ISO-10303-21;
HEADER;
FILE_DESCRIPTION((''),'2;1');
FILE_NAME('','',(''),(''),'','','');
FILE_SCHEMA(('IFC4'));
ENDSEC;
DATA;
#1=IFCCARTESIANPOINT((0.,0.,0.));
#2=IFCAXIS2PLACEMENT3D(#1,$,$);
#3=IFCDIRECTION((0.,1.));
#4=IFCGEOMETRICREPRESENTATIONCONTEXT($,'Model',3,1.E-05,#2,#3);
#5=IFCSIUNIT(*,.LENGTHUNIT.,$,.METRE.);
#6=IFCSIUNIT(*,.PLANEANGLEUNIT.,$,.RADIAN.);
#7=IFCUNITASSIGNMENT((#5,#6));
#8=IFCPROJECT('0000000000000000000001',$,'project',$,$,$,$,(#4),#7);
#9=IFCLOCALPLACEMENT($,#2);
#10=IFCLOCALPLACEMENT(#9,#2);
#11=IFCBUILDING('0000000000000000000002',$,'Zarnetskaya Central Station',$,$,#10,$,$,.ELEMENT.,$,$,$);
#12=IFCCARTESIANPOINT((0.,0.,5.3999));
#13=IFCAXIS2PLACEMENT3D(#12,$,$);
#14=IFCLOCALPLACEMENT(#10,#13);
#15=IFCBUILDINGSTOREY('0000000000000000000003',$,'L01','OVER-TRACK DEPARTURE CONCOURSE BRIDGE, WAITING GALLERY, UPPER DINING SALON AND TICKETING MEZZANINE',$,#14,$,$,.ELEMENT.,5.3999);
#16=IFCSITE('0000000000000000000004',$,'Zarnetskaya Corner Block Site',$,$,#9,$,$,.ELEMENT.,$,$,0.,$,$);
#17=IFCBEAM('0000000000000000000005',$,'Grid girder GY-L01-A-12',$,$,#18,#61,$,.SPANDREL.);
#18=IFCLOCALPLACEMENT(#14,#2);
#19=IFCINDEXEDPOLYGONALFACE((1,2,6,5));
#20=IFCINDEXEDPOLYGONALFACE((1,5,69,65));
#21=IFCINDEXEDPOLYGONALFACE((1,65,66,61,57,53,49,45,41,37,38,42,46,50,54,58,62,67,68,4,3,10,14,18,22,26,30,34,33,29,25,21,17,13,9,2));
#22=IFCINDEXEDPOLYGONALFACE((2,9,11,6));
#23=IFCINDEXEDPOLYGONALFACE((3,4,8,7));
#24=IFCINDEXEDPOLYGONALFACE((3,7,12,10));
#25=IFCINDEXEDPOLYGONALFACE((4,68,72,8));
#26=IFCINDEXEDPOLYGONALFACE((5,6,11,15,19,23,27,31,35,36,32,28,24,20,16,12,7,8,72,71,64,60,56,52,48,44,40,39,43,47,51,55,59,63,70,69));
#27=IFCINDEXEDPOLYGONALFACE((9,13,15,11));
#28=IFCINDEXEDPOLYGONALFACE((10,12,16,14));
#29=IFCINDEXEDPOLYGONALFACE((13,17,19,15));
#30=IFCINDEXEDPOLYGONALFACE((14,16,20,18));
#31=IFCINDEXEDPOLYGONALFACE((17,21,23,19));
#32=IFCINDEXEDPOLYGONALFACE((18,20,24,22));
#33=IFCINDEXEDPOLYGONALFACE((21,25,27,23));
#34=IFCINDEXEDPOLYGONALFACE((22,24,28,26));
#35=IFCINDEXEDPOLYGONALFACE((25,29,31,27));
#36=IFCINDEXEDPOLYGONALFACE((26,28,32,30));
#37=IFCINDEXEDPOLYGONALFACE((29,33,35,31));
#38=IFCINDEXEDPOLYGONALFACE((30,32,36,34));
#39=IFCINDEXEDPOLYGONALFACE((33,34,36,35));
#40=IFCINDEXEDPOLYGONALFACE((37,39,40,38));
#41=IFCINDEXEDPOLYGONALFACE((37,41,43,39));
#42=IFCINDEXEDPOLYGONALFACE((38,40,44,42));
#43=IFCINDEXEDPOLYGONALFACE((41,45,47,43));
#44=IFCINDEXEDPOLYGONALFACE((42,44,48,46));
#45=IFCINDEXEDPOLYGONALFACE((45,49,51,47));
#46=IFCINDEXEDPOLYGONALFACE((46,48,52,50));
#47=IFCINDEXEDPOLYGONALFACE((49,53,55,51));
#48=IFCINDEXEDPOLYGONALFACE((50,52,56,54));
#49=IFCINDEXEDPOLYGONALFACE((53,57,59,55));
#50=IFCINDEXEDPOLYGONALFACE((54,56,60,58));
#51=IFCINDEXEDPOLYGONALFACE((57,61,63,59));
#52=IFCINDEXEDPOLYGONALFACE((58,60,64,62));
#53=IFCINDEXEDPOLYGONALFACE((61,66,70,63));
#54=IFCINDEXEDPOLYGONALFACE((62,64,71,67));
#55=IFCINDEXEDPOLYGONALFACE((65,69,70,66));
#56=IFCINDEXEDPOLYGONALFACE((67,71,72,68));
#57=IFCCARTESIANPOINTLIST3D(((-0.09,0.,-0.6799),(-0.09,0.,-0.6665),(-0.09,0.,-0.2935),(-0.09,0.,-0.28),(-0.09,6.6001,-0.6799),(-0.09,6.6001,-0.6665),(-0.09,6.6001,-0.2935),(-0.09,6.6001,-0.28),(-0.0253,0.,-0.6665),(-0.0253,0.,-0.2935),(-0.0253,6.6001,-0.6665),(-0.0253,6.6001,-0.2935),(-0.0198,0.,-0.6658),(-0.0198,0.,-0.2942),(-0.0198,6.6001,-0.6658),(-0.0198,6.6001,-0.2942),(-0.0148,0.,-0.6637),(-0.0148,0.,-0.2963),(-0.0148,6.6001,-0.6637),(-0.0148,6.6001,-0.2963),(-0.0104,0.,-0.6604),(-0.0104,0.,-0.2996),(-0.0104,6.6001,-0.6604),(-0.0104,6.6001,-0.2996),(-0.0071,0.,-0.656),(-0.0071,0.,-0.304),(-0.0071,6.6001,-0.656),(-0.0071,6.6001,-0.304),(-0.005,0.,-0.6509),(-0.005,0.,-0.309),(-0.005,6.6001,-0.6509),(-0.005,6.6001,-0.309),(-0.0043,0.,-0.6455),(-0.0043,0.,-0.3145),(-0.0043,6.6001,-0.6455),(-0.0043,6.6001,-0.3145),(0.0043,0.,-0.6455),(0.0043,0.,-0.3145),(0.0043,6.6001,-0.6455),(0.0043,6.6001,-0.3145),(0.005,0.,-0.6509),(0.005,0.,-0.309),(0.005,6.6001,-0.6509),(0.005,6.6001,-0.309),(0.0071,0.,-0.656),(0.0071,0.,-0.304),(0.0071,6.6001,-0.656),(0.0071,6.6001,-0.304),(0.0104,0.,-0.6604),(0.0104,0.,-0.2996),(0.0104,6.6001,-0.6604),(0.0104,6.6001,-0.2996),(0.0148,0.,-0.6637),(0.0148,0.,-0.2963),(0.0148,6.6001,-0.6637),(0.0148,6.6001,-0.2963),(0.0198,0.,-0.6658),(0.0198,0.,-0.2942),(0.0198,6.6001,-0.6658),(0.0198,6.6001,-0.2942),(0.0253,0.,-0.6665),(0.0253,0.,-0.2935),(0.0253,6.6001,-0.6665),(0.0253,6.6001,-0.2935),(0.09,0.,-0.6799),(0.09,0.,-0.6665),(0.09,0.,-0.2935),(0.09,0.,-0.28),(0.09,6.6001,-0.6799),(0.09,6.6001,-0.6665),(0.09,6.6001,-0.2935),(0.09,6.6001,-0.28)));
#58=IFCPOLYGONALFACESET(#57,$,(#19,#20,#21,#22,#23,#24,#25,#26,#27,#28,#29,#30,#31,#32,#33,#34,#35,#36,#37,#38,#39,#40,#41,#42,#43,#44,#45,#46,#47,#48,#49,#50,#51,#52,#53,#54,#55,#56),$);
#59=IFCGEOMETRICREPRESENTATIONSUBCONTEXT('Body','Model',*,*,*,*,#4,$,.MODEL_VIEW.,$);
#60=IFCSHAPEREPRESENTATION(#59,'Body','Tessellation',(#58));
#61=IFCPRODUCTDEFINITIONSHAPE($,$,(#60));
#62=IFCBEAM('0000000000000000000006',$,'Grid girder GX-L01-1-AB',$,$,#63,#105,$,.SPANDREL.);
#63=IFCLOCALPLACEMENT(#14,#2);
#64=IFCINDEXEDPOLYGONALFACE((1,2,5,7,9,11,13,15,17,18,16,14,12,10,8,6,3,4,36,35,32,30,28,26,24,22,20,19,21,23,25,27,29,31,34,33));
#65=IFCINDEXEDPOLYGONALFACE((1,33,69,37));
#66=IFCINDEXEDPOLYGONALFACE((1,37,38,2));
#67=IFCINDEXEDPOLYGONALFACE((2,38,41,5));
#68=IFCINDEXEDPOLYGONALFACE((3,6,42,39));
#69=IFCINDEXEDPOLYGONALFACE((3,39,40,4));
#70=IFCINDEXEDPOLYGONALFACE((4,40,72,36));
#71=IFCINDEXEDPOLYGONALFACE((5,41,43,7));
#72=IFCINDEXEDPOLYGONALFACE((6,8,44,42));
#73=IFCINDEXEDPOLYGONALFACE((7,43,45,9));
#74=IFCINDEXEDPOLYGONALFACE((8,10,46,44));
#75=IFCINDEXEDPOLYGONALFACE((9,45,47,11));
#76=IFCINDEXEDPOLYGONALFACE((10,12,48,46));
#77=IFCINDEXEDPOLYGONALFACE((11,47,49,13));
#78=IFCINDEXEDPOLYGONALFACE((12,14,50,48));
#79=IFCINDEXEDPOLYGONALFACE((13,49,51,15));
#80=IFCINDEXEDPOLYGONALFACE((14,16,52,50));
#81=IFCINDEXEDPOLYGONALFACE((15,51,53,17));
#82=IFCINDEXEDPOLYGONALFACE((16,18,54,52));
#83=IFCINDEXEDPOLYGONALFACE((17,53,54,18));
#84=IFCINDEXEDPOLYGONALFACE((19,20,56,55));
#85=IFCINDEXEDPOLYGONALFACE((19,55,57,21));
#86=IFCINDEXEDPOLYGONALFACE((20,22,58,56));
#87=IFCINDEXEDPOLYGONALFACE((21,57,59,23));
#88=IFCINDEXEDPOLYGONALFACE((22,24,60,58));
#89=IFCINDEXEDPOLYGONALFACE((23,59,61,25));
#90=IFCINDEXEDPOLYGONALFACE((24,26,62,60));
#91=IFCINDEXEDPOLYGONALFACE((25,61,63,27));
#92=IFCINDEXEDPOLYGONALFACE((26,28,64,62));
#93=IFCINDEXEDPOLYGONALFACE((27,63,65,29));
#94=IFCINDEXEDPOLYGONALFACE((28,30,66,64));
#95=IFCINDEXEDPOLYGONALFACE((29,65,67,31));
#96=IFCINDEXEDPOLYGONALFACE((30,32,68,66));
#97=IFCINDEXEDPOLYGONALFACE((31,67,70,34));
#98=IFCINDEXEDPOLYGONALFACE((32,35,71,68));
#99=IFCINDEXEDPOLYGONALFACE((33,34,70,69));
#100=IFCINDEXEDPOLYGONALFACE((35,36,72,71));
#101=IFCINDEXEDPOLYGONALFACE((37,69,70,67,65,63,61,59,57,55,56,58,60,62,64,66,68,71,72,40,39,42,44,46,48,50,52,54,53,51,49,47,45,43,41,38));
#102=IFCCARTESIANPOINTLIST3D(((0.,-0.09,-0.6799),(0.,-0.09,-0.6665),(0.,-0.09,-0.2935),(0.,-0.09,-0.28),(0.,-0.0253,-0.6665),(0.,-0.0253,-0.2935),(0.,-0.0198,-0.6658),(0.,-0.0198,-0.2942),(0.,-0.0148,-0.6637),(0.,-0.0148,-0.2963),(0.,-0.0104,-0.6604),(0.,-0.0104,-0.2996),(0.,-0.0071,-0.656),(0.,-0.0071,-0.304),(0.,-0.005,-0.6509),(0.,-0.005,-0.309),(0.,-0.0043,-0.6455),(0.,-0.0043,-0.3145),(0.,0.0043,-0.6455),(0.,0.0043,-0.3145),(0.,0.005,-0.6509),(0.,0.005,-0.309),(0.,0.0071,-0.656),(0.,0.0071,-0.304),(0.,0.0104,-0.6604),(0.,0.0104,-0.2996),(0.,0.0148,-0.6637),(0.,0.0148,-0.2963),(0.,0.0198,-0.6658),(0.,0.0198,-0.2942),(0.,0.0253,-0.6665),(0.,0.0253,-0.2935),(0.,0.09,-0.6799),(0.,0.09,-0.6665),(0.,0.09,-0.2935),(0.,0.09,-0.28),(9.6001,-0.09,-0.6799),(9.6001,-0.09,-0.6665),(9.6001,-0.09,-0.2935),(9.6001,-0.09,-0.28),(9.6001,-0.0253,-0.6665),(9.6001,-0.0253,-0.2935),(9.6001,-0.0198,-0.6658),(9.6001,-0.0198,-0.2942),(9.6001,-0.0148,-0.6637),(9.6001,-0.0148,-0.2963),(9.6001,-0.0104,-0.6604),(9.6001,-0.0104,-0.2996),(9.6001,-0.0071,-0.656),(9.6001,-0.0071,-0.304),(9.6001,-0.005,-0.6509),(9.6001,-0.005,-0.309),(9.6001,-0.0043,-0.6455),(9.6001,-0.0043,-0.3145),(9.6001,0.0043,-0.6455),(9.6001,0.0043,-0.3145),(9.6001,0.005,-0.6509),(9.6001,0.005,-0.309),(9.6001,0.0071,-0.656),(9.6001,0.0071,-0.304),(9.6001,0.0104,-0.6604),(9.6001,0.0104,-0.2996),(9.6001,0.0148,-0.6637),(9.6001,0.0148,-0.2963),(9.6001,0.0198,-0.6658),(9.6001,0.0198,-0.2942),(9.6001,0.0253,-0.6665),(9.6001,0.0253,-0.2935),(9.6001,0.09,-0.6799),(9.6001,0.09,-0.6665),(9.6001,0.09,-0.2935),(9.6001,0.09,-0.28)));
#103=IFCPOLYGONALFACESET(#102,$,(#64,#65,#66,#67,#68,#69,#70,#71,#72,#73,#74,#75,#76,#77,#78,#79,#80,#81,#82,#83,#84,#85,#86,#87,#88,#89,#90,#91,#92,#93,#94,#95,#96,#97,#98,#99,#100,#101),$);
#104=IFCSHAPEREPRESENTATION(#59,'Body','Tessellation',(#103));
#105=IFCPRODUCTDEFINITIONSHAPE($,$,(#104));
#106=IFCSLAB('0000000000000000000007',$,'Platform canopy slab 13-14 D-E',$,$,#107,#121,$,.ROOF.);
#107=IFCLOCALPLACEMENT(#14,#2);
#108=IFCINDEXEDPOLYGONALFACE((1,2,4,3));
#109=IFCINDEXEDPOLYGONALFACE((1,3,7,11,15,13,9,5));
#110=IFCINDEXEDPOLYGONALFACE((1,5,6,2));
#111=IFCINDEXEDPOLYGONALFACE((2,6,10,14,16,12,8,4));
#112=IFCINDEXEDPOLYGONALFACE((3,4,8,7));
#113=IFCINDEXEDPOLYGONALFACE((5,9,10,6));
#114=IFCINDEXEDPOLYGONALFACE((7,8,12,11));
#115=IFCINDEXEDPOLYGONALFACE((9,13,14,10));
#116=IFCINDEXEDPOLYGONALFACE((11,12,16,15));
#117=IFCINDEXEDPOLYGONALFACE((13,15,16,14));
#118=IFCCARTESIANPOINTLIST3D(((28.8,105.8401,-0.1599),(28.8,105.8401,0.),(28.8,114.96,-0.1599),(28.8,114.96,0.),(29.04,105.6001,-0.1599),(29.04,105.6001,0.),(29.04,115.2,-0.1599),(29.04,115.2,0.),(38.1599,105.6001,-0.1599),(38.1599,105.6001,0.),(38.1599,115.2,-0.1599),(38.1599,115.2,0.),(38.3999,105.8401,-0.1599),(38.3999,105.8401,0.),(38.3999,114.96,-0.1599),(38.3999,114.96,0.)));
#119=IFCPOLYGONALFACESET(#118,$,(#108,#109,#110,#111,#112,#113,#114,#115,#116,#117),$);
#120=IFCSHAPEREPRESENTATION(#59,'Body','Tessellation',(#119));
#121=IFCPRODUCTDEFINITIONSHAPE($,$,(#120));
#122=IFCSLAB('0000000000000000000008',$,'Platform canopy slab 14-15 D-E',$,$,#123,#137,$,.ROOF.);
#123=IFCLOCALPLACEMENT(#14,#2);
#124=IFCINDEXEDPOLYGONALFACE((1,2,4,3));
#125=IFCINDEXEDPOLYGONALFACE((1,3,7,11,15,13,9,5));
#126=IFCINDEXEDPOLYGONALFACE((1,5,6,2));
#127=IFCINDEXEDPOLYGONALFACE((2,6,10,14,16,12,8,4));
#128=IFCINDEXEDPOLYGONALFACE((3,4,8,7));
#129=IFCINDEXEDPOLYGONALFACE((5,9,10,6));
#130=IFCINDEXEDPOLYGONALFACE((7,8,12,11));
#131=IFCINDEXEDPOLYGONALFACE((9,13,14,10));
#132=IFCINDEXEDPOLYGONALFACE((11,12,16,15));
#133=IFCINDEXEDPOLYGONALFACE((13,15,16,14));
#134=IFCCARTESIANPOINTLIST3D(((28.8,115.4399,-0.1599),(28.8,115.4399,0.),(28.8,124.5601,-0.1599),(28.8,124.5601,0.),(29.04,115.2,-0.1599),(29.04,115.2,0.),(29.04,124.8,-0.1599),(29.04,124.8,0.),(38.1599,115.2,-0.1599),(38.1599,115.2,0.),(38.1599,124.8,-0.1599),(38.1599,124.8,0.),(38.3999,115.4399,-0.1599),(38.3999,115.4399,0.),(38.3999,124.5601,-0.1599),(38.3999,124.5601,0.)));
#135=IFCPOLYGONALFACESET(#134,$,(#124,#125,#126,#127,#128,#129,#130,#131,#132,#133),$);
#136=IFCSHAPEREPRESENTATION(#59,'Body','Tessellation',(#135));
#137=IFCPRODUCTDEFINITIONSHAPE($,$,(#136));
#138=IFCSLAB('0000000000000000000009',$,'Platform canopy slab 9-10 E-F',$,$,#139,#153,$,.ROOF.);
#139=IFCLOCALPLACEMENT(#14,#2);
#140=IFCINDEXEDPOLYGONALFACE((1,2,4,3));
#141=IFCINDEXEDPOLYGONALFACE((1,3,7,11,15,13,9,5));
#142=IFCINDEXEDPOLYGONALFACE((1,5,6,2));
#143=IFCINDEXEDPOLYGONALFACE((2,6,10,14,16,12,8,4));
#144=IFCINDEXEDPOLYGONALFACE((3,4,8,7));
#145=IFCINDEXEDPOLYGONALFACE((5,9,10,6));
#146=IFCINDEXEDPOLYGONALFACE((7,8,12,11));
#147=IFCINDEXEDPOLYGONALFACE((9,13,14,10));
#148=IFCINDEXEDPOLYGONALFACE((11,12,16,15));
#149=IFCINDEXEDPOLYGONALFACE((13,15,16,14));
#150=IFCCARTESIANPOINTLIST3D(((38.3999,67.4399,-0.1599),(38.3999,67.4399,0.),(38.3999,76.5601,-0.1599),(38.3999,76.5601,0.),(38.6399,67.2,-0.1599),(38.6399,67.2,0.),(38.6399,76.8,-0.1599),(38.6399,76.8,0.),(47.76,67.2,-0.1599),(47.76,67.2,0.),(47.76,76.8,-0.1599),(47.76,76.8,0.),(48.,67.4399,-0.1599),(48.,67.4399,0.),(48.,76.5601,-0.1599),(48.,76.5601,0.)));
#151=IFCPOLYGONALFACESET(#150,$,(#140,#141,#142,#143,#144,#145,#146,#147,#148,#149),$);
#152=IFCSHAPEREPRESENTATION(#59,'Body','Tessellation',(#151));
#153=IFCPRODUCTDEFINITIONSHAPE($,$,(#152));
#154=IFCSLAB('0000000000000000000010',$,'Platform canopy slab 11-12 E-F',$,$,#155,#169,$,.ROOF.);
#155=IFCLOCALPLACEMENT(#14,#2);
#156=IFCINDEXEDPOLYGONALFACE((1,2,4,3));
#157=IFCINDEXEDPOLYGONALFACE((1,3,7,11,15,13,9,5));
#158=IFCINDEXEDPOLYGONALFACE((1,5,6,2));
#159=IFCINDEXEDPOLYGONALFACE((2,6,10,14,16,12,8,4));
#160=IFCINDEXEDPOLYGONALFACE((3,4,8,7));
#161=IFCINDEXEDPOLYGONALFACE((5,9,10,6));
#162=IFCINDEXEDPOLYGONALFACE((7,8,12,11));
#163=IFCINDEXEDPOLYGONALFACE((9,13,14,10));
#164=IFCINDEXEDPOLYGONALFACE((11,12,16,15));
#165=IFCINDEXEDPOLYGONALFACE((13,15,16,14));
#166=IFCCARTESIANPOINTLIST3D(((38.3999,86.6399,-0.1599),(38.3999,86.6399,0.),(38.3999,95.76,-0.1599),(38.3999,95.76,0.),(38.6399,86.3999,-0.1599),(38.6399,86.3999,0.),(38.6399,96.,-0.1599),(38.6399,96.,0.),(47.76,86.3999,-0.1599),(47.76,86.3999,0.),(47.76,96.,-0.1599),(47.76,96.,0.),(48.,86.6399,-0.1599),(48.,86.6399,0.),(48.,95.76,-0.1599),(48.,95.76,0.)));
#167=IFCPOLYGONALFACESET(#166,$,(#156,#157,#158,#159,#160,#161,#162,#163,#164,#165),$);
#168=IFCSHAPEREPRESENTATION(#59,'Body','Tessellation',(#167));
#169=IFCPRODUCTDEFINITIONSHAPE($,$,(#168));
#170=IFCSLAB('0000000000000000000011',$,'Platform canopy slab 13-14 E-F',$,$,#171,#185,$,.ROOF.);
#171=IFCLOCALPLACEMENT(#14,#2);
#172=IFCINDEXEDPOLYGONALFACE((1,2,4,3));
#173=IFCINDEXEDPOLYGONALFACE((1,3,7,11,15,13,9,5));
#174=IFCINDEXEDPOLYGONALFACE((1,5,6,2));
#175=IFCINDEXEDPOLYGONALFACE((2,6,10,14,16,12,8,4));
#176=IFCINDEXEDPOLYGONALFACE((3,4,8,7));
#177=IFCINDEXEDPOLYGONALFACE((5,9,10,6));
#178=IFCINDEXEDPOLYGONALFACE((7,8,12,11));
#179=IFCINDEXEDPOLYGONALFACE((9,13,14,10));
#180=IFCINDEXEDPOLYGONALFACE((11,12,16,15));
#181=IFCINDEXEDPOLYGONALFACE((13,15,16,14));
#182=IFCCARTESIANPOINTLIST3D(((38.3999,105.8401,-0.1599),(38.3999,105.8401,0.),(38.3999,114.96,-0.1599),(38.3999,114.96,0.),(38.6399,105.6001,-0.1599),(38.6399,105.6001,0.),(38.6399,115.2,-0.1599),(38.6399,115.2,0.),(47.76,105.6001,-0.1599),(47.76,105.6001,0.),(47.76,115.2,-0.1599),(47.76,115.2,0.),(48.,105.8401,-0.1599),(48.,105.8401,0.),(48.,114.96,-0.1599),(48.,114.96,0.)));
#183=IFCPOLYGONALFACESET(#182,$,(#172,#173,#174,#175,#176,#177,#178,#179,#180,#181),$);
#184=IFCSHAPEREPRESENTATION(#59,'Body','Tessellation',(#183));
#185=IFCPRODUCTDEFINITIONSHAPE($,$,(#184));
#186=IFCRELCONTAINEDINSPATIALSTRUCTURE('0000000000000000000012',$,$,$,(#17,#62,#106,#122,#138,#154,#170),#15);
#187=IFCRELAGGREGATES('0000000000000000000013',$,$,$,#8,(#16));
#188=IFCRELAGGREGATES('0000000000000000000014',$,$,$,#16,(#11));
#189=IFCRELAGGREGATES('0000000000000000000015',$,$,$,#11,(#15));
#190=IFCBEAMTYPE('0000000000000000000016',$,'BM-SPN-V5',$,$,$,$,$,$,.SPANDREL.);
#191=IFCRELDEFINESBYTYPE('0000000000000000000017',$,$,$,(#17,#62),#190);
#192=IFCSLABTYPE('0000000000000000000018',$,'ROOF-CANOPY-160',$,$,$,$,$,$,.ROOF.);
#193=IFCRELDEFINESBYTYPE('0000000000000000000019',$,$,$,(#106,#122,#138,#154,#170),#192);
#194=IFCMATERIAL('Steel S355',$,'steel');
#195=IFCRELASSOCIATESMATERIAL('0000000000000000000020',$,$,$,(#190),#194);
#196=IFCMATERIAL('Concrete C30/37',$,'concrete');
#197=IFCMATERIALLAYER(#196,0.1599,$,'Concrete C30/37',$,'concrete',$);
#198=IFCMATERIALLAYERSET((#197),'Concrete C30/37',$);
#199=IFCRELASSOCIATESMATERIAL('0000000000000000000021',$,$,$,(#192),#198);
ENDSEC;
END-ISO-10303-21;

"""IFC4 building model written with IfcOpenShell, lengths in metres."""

from ifc_helpers import new_model, si_unit, direction, frame, origin, origin_2d, place, context, subcontext, project, spatial, polyline, i_section, outline, extrude, material, layer, layer_set, material_profile, profile_set, type_object, element, save


model = new_model("IFC4")

# Units and contexts
model_context = context("Model", 3, precision=1e-05, world=origin(), true_north=direction((0.0, 1.0)))
body_context = subcontext(model_context, "Body", "Model", "MODEL_VIEW")
ifc_project = project(units=[si_unit("LENGTHUNIT", "METRE"), si_unit("PLANEANGLEUNIT", "RADIAN")], contexts=[model_context])

# Site, building, storey
site_placement = place(None, origin())
site = spatial("IfcSite", under=ifc_project, at=site_placement, Name="Zarnetskaya Corner Block Site", CompositionType="ELEMENT", RefElevation=0.0)
building_placement = place(site_placement, origin())
building = spatial("IfcBuilding", under=site, at=building_placement, Name="Zarnetskaya Central Station", CompositionType="ELEMENT")
storey_placement = place(building_placement, frame((0.0, 0.0, 5.3999)))
storey = spatial("IfcBuildingStorey", under=building, at=storey_placement, Name="L01", Description="OVER-TRACK DEPARTURE CONCOURSE BRIDGE, WAITING GALLERY, UPPER DINING SALON AND TICKETING MEZZANINE", CompositionType="ELEMENT", Elevation=5.3999)

# Beams
ifc_material_1 = material(Name="Steel S355", Category="steel")
ifc_material_profile = material_profile(ifc_material_1, i_section(OverallWidth=0.1799, OverallDepth=0.3999, WebThickness=0.0085, FlangeThickness=0.0134, FilletRadius=0.021, at=origin_2d()), Name="IPE 400")
ifc_profile_set = profile_set([ifc_material_profile], Name="Steel S355")
beam_type = type_object("IfcBeamType", Name="BM-SPN-V5", PredefinedType="SPANDREL", material=ifc_profile_set)
beam_1_placement = place(storey_placement, frame((0.0, 0.0, -0.48), z_axis=(0.0, 1.0, 0.0), x_axis=(-1.0, 0.0, 0.0)))
element("IfcBeam", 1, at=beam_1_placement, inside=storey, type_object=beam_type, Name="Grid girder GY-L01-A-12", PredefinedType="SPANDREL", context=body_context, shape_type="SweptSolid", body=[
    extrude(i_section(OverallWidth=0.1799, OverallDepth=0.3999, WebThickness=0.0085, FlangeThickness=0.0134, FilletRadius=0.021, at=origin_2d()), origin(), (0.0, 0.0, 1.0), 6.6001),
])
beam_2_placement = place(storey_placement, frame((0.0, 0.0, -0.48), z_axis=(1.0, 0.0, 0.0), x_axis=(0.0, 1.0, 0.0)))
element("IfcBeam", 2, at=beam_2_placement, inside=storey, type_object=beam_type, Name="Grid girder GX-L01-1-AB", PredefinedType="SPANDREL", context=body_context, shape_type="SweptSolid", body=[
    extrude(i_section(OverallWidth=0.1799, OverallDepth=0.3999, WebThickness=0.0085, FlangeThickness=0.0134, FilletRadius=0.021, at=origin_2d()), origin(), (0.0, 0.0, 1.0), 9.6001),
])

# Slabs
ifc_material_2 = material(Name="Concrete C30/37", Category="concrete")
ifc_layer_1 = layer(ifc_material_2, 0.1599, Name="Concrete C30/37", Category="concrete")
ifc_layer_set_1 = layer_set([ifc_layer_1], Name="Concrete C30/37")
slab_type = type_object("IfcSlabType", Name="ROOF-CANOPY-160", PredefinedType="ROOF", material=ifc_layer_set_1)
slab_1_placement = place(storey_placement, frame((0.0, 0.0, -0.1599)))
element("IfcSlab", 3, at=slab_1_placement, inside=storey, type_object=slab_type, Name="Platform canopy slab 13-14 D-E", PredefinedType="ROOF", context=body_context, shape_type="SweptSolid", body=[
    extrude(outline(polyline([(29.04, 105.6001), (38.1599, 105.6001), (38.3999, 105.8401), (38.3999, 114.96), (38.1599, 115.2), (29.04, 115.2), (28.8, 114.96), (28.8, 105.8401), (29.04, 105.6001)])), origin(), (0.0, 0.0, 1.0), 0.1599),
])
slab_2_placement = place(storey_placement, frame((0.0, 0.0, -0.1599)))
element("IfcSlab", 4, at=slab_2_placement, inside=storey, type_object=slab_type, Name="Platform canopy slab 14-15 D-E", PredefinedType="ROOF", context=body_context, shape_type="SweptSolid", body=[
    extrude(outline(polyline([(29.04, 115.2), (38.1599, 115.2), (38.3999, 115.4399), (38.3999, 124.5601), (38.1599, 124.8), (29.04, 124.8), (28.8, 124.5601), (28.8, 115.4399), (29.04, 115.2)])), origin(), (0.0, 0.0, 1.0), 0.1599),
])
slab_3_placement = place(storey_placement, frame((0.0, 0.0, -0.1599)))
element("IfcSlab", 5, at=slab_3_placement, inside=storey, type_object=slab_type, Name="Platform canopy slab 9-10 E-F", PredefinedType="ROOF", context=body_context, shape_type="SweptSolid", body=[
    extrude(outline(polyline([(38.6399, 67.2), (47.76, 67.2), (48.0, 67.4399), (48.0, 76.5601), (47.76, 76.8), (38.6399, 76.8), (38.3999, 76.5601), (38.3999, 67.4399), (38.6399, 67.2)])), origin(), (0.0, 0.0, 1.0), 0.1599),
])
slab_4_placement = place(storey_placement, frame((0.0, 0.0, -0.1599)))
element("IfcSlab", 6, at=slab_4_placement, inside=storey, type_object=slab_type, Name="Platform canopy slab 11-12 E-F", PredefinedType="ROOF", context=body_context, shape_type="SweptSolid", body=[
    extrude(outline(polyline([(38.6399, 86.3999), (47.76, 86.3999), (48.0, 86.6399), (48.0, 95.76), (47.76, 96.0), (38.6399, 96.0), (38.3999, 95.76), (38.3999, 86.6399), (38.6399, 86.3999)])), origin(), (0.0, 0.0, 1.0), 0.1599),
])
slab_5_placement = place(storey_placement, frame((0.0, 0.0, -0.1599)))
element("IfcSlab", 7, at=slab_5_placement, inside=storey, type_object=slab_type, Name="Platform canopy slab 13-14 E-F", PredefinedType="ROOF", context=body_context, shape_type="SweptSolid", body=[
    extrude(outline(polyline([(38.6399, 105.6001), (47.76, 105.6001), (48.0, 105.8401), (48.0, 114.96), (47.76, 115.2), (38.6399, 115.2), (38.3999, 114.96), (38.3999, 105.8401), (38.6399, 105.6001)])), origin(), (0.0, 0.0, 1.0), 0.1599),
])

save(model, "model.ifc")
